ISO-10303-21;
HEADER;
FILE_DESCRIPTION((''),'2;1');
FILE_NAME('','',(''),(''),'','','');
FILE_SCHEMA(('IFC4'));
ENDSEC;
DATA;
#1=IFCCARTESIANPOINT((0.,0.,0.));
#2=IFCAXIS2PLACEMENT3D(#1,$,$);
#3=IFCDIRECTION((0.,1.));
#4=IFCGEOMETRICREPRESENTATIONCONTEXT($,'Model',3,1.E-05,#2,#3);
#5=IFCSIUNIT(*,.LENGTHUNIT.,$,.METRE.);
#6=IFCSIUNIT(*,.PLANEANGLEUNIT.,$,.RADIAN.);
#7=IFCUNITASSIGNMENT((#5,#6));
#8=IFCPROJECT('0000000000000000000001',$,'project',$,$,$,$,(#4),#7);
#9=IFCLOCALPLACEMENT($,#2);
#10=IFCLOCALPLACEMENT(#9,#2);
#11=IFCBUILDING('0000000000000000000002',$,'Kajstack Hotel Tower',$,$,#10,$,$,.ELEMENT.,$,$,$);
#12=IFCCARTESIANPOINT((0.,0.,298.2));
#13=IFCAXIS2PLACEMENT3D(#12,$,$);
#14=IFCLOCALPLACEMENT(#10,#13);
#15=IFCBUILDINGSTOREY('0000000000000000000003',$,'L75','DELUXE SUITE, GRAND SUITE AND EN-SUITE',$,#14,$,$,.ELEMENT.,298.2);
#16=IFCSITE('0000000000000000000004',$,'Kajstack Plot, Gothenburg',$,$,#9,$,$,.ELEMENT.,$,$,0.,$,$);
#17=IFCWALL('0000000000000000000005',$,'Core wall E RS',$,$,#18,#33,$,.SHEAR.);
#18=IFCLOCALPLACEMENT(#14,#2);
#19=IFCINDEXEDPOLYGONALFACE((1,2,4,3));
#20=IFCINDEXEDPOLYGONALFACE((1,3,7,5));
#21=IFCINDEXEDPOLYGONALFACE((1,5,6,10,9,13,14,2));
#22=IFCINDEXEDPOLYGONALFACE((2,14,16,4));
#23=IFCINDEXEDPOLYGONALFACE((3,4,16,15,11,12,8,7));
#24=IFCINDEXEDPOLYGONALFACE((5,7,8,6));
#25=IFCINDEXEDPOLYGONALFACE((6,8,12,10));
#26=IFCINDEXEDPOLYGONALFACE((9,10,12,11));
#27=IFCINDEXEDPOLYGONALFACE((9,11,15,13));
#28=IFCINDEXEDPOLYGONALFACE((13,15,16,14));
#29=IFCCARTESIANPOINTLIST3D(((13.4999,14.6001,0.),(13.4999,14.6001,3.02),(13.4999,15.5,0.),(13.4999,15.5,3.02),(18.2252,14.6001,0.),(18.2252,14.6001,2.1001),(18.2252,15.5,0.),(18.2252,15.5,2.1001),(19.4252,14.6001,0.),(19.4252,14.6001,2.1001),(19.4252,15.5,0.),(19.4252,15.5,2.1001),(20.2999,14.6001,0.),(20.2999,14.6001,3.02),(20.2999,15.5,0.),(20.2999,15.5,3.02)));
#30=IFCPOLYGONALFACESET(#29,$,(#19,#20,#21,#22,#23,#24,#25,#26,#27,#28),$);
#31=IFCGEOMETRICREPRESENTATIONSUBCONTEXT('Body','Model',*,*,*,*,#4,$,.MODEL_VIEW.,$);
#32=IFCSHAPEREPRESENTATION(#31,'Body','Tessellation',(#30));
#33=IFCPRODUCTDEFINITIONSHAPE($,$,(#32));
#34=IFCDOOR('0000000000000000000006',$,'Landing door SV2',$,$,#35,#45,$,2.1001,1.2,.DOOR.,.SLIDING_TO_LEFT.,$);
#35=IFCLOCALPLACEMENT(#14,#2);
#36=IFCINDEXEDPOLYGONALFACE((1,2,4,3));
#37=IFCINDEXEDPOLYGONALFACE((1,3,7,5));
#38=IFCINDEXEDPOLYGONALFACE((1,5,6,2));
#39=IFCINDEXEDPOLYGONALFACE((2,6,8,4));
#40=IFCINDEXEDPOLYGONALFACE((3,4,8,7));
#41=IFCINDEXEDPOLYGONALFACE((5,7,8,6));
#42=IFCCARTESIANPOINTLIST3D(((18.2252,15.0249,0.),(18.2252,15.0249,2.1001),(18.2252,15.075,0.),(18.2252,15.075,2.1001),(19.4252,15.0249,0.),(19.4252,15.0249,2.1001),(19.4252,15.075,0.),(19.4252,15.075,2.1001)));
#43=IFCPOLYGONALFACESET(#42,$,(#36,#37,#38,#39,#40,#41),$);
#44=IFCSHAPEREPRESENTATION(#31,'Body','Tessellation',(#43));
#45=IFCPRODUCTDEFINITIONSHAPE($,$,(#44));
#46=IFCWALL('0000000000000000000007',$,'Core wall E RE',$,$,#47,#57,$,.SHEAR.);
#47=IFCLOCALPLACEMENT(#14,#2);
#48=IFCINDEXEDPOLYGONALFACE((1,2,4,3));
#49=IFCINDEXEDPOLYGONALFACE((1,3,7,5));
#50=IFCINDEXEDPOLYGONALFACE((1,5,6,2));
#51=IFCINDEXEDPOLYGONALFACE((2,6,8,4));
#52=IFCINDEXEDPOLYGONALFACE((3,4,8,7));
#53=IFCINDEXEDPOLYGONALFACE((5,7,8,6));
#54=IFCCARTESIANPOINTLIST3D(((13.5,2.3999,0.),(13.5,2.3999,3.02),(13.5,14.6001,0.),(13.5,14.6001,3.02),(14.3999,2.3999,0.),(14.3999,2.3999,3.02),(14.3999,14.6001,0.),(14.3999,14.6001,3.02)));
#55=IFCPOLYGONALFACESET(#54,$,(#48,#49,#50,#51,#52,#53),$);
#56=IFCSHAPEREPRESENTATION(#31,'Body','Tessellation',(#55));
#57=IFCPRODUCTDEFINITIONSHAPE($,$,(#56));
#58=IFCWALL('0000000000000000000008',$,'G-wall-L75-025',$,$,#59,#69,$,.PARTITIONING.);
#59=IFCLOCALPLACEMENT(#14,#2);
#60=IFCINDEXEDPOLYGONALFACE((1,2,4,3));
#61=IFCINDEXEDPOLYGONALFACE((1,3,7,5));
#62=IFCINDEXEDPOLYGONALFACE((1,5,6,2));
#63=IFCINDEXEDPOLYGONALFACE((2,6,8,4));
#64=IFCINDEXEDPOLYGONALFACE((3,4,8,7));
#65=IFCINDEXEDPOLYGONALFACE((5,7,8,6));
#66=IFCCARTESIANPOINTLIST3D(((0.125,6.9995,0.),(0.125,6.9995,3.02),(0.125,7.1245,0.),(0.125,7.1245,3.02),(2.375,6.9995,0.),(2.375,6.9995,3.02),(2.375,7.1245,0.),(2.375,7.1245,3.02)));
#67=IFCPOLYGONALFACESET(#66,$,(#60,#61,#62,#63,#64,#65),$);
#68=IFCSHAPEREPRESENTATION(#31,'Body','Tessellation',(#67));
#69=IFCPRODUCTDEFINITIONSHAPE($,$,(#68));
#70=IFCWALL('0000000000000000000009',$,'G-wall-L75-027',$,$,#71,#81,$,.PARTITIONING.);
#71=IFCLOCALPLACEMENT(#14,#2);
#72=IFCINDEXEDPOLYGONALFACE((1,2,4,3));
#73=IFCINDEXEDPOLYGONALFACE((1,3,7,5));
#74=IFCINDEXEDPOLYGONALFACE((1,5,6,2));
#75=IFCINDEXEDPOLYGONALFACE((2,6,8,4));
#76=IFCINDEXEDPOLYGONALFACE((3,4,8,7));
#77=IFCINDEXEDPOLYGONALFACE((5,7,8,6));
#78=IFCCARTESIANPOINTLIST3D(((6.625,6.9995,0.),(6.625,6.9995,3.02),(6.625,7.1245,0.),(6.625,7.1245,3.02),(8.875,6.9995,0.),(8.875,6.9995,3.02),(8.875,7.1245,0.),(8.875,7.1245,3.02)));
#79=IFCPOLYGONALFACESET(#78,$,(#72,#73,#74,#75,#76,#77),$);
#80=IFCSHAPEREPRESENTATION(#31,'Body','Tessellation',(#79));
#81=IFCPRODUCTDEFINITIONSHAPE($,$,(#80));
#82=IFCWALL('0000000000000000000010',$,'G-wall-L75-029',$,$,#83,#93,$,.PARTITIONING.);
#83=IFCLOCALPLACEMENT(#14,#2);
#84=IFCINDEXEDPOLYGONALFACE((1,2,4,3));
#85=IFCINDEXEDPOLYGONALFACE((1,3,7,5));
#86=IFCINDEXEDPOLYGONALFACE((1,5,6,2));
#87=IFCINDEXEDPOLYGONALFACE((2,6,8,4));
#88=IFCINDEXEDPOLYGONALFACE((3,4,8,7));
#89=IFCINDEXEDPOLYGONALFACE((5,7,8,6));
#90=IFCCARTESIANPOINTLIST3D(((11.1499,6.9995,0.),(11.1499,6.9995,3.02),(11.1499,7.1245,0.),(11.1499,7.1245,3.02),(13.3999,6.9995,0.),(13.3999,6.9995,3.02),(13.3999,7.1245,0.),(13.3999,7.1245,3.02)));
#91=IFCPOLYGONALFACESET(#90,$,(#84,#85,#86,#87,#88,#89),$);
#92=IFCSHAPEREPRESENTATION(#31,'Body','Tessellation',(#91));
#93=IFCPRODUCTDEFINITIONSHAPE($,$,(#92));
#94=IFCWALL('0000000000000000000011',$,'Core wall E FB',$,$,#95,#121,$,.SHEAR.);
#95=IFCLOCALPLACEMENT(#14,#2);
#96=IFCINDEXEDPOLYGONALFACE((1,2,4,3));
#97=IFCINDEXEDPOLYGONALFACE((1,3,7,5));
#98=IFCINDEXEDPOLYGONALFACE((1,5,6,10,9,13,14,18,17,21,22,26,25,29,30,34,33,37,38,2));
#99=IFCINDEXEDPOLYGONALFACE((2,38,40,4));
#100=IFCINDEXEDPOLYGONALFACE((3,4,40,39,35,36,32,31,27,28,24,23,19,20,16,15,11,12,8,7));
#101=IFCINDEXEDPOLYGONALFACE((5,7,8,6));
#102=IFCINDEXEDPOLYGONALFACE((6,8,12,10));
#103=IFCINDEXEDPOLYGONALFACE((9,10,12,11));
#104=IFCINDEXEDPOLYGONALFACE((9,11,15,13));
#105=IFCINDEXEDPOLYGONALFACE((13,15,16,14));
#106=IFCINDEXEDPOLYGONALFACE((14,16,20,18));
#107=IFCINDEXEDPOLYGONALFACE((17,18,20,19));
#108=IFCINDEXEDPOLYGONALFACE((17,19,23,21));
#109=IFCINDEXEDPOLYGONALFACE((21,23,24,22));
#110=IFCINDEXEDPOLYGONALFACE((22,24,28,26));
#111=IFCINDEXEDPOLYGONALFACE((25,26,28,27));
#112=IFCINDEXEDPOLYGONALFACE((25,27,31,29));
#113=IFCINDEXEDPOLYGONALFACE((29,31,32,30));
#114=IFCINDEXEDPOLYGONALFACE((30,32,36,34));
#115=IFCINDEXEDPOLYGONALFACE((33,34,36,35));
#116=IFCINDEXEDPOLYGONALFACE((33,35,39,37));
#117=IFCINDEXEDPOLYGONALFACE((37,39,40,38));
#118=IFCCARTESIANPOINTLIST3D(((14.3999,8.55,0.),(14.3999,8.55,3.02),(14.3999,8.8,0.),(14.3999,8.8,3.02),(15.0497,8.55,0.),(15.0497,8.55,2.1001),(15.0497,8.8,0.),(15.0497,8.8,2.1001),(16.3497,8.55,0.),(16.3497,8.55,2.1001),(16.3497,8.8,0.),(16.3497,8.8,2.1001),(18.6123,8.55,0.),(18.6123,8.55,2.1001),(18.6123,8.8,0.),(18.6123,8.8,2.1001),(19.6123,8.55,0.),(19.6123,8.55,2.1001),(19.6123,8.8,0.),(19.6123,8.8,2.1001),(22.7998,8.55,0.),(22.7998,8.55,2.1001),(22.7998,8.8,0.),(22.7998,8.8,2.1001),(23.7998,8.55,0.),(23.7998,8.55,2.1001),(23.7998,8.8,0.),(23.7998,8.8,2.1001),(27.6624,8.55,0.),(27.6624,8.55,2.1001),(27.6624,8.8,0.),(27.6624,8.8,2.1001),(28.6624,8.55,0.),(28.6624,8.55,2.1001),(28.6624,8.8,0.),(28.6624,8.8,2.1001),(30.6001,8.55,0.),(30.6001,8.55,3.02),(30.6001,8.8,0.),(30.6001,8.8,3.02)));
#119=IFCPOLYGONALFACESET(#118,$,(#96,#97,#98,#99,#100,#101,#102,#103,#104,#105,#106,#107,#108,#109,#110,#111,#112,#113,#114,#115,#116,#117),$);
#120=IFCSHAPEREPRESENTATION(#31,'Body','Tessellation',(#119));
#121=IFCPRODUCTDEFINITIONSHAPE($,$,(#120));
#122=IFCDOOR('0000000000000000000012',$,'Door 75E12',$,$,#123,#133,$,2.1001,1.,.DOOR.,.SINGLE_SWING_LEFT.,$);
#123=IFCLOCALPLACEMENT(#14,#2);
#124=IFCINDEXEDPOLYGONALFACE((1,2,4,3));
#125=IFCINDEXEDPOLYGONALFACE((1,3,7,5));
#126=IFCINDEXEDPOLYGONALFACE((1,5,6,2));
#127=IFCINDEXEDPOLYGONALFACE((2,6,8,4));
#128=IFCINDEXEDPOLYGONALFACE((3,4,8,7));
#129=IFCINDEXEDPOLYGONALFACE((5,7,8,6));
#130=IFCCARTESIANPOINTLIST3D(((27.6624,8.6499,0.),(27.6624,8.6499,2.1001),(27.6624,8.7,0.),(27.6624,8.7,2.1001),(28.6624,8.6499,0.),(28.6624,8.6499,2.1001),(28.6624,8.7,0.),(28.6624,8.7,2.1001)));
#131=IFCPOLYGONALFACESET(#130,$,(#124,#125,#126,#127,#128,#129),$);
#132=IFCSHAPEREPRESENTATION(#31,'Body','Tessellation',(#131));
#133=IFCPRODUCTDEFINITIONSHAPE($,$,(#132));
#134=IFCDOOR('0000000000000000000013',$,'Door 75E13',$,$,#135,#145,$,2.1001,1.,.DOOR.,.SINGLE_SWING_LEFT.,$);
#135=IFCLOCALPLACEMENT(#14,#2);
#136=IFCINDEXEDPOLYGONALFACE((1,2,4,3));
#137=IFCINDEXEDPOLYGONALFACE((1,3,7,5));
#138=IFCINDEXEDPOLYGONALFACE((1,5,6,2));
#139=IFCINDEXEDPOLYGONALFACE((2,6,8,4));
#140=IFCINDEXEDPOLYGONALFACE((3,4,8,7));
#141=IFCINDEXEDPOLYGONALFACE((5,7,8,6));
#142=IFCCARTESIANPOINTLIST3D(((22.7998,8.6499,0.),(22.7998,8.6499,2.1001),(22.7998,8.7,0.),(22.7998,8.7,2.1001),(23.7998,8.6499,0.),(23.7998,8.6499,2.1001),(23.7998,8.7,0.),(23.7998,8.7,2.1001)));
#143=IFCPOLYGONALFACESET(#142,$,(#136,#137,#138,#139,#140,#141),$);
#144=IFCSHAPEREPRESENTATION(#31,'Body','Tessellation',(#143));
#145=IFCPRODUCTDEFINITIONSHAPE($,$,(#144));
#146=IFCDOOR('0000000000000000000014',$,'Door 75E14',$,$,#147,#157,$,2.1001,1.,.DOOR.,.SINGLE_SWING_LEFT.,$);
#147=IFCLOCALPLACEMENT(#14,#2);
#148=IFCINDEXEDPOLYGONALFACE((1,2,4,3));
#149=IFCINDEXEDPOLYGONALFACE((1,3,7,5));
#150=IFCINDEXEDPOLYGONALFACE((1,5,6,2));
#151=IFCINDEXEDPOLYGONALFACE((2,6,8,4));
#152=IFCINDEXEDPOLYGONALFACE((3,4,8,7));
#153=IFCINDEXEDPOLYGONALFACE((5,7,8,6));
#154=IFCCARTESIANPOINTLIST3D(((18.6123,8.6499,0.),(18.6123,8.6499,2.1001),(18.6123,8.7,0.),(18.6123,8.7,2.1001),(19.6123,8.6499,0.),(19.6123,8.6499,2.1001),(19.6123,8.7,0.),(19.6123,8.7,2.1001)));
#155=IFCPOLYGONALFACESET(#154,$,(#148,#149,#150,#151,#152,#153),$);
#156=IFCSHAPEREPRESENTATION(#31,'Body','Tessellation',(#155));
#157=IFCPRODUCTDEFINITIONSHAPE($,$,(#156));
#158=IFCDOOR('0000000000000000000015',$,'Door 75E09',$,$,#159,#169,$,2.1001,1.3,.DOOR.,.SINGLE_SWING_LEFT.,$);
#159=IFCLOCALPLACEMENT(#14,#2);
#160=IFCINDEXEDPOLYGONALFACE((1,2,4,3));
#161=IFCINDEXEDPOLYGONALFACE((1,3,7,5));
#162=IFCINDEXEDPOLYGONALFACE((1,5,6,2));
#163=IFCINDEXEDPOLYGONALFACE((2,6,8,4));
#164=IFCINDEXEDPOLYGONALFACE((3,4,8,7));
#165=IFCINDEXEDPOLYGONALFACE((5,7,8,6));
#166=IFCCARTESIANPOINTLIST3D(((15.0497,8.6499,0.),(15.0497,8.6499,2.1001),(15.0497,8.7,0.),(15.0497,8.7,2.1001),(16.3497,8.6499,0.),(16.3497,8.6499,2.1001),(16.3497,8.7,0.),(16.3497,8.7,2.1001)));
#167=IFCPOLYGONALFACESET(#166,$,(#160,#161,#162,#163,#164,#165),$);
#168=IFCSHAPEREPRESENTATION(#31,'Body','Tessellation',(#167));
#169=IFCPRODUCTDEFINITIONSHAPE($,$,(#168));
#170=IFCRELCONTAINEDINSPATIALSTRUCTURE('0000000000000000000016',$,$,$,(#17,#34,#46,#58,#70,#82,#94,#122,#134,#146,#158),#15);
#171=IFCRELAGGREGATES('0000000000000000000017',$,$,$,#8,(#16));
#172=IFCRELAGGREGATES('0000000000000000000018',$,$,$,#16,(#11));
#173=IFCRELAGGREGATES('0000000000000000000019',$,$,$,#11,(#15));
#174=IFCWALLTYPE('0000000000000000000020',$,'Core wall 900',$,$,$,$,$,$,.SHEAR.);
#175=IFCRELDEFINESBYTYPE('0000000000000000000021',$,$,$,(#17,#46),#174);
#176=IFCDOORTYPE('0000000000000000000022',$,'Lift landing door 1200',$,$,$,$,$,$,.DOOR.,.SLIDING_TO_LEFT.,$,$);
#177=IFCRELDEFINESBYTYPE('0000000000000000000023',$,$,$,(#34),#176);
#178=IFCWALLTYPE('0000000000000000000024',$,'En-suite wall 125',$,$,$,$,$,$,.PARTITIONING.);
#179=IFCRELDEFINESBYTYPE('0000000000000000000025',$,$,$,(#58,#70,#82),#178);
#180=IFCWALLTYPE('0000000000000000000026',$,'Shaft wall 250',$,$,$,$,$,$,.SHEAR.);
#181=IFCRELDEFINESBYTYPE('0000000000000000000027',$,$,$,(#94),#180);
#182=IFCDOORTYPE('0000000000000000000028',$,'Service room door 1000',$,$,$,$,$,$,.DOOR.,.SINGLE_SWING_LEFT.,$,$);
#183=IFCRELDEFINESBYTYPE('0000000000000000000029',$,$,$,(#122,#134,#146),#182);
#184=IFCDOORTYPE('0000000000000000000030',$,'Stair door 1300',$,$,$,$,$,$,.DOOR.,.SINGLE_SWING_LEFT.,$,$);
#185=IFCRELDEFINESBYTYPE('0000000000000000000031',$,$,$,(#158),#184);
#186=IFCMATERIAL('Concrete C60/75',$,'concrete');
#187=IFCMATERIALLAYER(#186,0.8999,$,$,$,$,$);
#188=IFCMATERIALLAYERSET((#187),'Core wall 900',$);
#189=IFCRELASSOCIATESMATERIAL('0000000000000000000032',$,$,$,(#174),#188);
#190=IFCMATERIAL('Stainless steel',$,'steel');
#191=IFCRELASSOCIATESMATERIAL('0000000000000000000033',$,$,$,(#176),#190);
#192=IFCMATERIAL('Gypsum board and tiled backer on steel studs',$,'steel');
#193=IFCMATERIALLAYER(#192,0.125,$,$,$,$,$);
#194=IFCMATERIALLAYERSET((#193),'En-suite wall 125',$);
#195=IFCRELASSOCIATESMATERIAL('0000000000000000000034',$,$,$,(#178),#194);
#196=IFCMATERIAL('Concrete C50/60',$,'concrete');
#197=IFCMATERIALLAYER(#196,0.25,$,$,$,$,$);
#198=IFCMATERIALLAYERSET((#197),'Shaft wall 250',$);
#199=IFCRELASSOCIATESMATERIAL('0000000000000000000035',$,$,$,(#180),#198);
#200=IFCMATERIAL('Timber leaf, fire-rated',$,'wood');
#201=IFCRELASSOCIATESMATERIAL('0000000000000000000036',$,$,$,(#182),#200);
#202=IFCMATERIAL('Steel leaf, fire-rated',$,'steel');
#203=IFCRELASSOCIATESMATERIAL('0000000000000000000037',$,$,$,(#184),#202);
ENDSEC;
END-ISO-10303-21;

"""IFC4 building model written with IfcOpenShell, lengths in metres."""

from ifc_helpers import new_model, si_unit, direction, frame, frame_2d, origin, place, context, subcontext, project, spatial, rectangle, extrude, material, layer, layer_set, type_object, element, fill, save


model = new_model("IFC4")

# Units and contexts
model_context = context("Model", 3, precision=1e-05, world=origin(), true_north=direction((0.0, 1.0)))
body_context = subcontext(model_context, "Body", "Model", "MODEL_VIEW")
ifc_project = project(units=[si_unit("LENGTHUNIT", "METRE"), si_unit("PLANEANGLEUNIT", "RADIAN")], contexts=[model_context])

# Site, building, storey
site_placement = place(None, origin())
site = spatial("IfcSite", under=ifc_project, at=site_placement, Name="Kajstack Plot, Gothenburg", CompositionType="ELEMENT", RefElevation=0.0)
building_placement = place(site_placement, origin())
building = spatial("IfcBuilding", under=site, at=building_placement, Name="Kajstack Hotel Tower", CompositionType="ELEMENT")
storey_placement = place(building_placement, frame((0.0, 0.0, 298.2)))
storey = spatial("IfcBuildingStorey", under=building, at=storey_placement, Name="L75", Description="DELUXE SUITE, GRAND SUITE AND EN-SUITE", CompositionType="ELEMENT", Elevation=298.2)

# Wall, opening, door
ifc_material_1 = material(Name="Concrete C60/75", Category="concrete")
ifc_layer_1 = layer(ifc_material_1, 0.8999)
ifc_layer_set_1 = layer_set([ifc_layer_1], Name="Core wall 900")
wall_type_1 = type_object("IfcWallType", Name="Core wall 900", PredefinedType="SHEAR", material=ifc_layer_set_1)
wall_1_placement = place(storey_placement, frame((13.5, 15.05, 0.0), z_axis=(0.0, 0.0, 1.0), x_axis=(1.0, 0.0, 0.0)))
wall_1 = element("IfcWall", 1, at=wall_1_placement, inside=storey, type_object=wall_type_1, Name="Core wall E RS", PredefinedType="SHEAR", context=body_context, shape_type="SweptSolid", body=[
    extrude(rectangle(XDim=6.8, YDim=0.8999, at=frame_2d((3.3999, 0.0))), origin(), (0.0, 0.0, 1.0), 3.02),
])
opening_1_placement = place(wall_1_placement, frame((4.7251, 0.0, 0.0)))
opening_1 = element("IfcOpeningElement", 2, at=opening_1_placement, cuts=wall_1, PredefinedType="OPENING", context=body_context, shape_type="SweptSolid", body=[
    extrude(rectangle(XDim=1.2, YDim=2.1001, at=frame_2d((0.6001, 1.05))), frame((0.0, 0.46, 0.0), z_axis=(0.0, -1.0, 0.0), x_axis=(1.0, 0.0, 0.0)), (0.0, 0.0, 1.0), 0.9199),
])
ifc_material_2 = material(Name="Stainless steel", Category="steel")
door_type_1 = type_object("IfcDoorType", Name="Lift landing door 1200", OperationType="SLIDING_TO_LEFT", PredefinedType="DOOR", material=ifc_material_2)
door_1_placement = place(opening_1_placement, origin())
door_1 = element("IfcDoor", 3, at=door_1_placement, inside=storey, type_object=door_type_1, Name="Landing door SV2", OperationType="SLIDING_TO_LEFT", OverallHeight=2.1001, OverallWidth=1.2, PredefinedType="DOOR", context=body_context, shape_type="SweptSolid", body=[
    extrude(rectangle(XDim=1.2, YDim=2.1001, at=frame_2d((0.6001, 1.05))), frame((0.0, 0.0249, 0.0), z_axis=(0.0, -1.0, 0.0), x_axis=(1.0, 0.0, 0.0)), (0.0, 0.0, 1.0), 0.05),
])
fill(opening_1, door_1)

# Walls
wall_2_placement = place(storey_placement, frame((13.95, 2.3999, 0.0), z_axis=(0.0, 0.0, 1.0), x_axis=(0.0, 1.0, 0.0)))
element("IfcWall", 4, at=wall_2_placement, inside=storey, type_object=wall_type_1, Name="Core wall E RE", PredefinedType="SHEAR", context=body_context, shape_type="SweptSolid", body=[
    extrude(rectangle(XDim=12.2002, YDim=0.8999, at=frame_2d((6.1001, 0.0))), origin(), (0.0, 0.0, 1.0), 3.02),
])
ifc_material_3 = material(Name="Gypsum board and tiled backer on steel studs", Category="steel")
ifc_layer_2 = layer(ifc_material_3, 0.125)
ifc_layer_set_2 = layer_set([ifc_layer_2], Name="En-suite wall 125")
wall_type_2 = type_object("IfcWallType", Name="En-suite wall 125", PredefinedType="PARTITIONING", material=ifc_layer_set_2)
for number, where, z_axis, x_axis, name in (
    (5, (0.125, 7.062, 0.0), (0.0, 0.0, 1.0), (1.0, 0.0, 0.0), "G-wall-L75-025"),
    (6, (6.625, 7.062, 0.0), (0.0, 0.0, 1.0), (1.0, 0.0, 0.0), "G-wall-L75-027"),
    (7, (11.1499, 7.062, 0.0), (0.0, 0.0, 1.0), (1.0, 0.0, 0.0), "G-wall-L75-029"),
):
    element("IfcWall", number, at=place(storey_placement, frame(where, z_axis=z_axis, x_axis=x_axis)), inside=storey, type_object=wall_type_2, Name=name, PredefinedType="PARTITIONING", context=body_context, shape_type="SweptSolid", body=[
        extrude(rectangle(XDim=2.25, YDim=0.125, at=frame_2d((1.125, 0.0))), origin(), (0.0, 0.0, 1.0), 3.02),
    ])

# Wall, openings, doors
ifc_material_4 = material(Name="Concrete C50/60", Category="concrete")
ifc_layer_3 = layer(ifc_material_4, 0.25)
ifc_layer_set_3 = layer_set([ifc_layer_3], Name="Shaft wall 250")
wall_type_3 = type_object("IfcWallType", Name="Shaft wall 250", PredefinedType="SHEAR", material=ifc_layer_set_3)
wall_3_placement = place(storey_placement, frame((14.3999, 8.675, 0.0), z_axis=(0.0, 0.0, 1.0), x_axis=(1.0, 0.0, 0.0)))
wall_3 = element("IfcWall", 8, at=wall_3_placement, inside=storey, type_object=wall_type_3, Name="Core wall E FB", PredefinedType="SHEAR", context=body_context, shape_type="SweptSolid", body=[
    extrude(rectangle(XDim=16.2002, YDim=0.25, at=frame_2d((8.1001, 0.0))), origin(), (0.0, 0.0, 1.0), 3.02),
])
opening_2_placement = place(wall_3_placement, frame((0.6499, 0.0, 0.0)))
opening_2 = element("IfcOpeningElement", 9, at=opening_2_placement, cuts=wall_3, PredefinedType="OPENING", context=body_context, shape_type="SweptSolid", body=[
    extrude(rectangle(XDim=1.3, YDim=2.1001, at=frame_2d((0.6499, 1.05))), frame((0.0, 0.135, 0.0), z_axis=(0.0, -1.0, 0.0), x_axis=(1.0, 0.0, 0.0)), (0.0, 0.0, 1.0), 0.27),
])
opening_3_placement = place(wall_3_placement, frame((13.2625, 0.0, 0.0)))
opening_3 = element("IfcOpeningElement", 10, at=opening_3_placement, cuts=wall_3, PredefinedType="OPENING", context=body_context, shape_type="SweptSolid", body=[
    extrude(rectangle(XDim=1.0, YDim=2.1001, at=frame_2d((0.5, 1.05))), frame((0.0, 0.135, 0.0), z_axis=(0.0, -1.0, 0.0), x_axis=(1.0, 0.0, 0.0)), (0.0, 0.0, 1.0), 0.27),
])
opening_4_placement = place(wall_3_placement, frame((8.3999, 0.0, 0.0)))
opening_4 = element("IfcOpeningElement", 11, at=opening_4_placement, cuts=wall_3, PredefinedType="OPENING", context=body_context, shape_type="SweptSolid", body=[
    extrude(rectangle(XDim=1.0, YDim=2.1001, at=frame_2d((0.5, 1.05))), frame((0.0, 0.135, 0.0), z_axis=(0.0, -1.0, 0.0), x_axis=(1.0, 0.0, 0.0)), (0.0, 0.0, 1.0), 0.27),
])
opening_5_placement = place(wall_3_placement, frame((4.2124, 0.0, 0.0)))
opening_5 = element("IfcOpeningElement", 12, at=opening_5_placement, cuts=wall_3, PredefinedType="OPENING", context=body_context, shape_type="SweptSolid", body=[
    extrude(rectangle(XDim=1.0, YDim=2.1001, at=frame_2d((0.5, 1.05))), frame((0.0, 0.135, 0.0), z_axis=(0.0, -1.0, 0.0), x_axis=(1.0, 0.0, 0.0)), (0.0, 0.0, 1.0), 0.27),
])
ifc_material_5 = material(Name="Timber leaf, fire-rated", Category="wood")
door_type_2 = type_object("IfcDoorType", Name="Service room door 1000", OperationType="SINGLE_SWING_LEFT", PredefinedType="DOOR", material=ifc_material_5)
door_2_placement = place(opening_3_placement, origin())
door_2 = element("IfcDoor", 13, at=door_2_placement, inside=storey, type_object=door_type_2, Name="Door 75E12", OperationType="SINGLE_SWING_LEFT", OverallHeight=2.1001, OverallWidth=1.0, PredefinedType="DOOR", context=body_context, shape_type="SweptSolid", body=[
    extrude(rectangle(XDim=1.0, YDim=2.1001, at=frame_2d((0.5, 1.05))), frame((0.0, 0.0249, 0.0), z_axis=(0.0, -1.0, 0.0), x_axis=(1.0, 0.0, 0.0)), (0.0, 0.0, 1.0), 0.05),
])
fill(opening_3, door_2)
door_3_placement = place(opening_4_placement, origin())
door_3 = element("IfcDoor", 14, at=door_3_placement, inside=storey, type_object=door_type_2, Name="Door 75E13", OperationType="SINGLE_SWING_LEFT", OverallHeight=2.1001, OverallWidth=1.0, PredefinedType="DOOR", context=body_context, shape_type="SweptSolid", body=[
    extrude(rectangle(XDim=1.0, YDim=2.1001, at=frame_2d((0.5, 1.05))), frame((0.0, 0.0249, 0.0), z_axis=(0.0, -1.0, 0.0), x_axis=(1.0, 0.0, 0.0)), (0.0, 0.0, 1.0), 0.05),
])
fill(opening_4, door_3)
door_4_placement = place(opening_5_placement, origin())
door_4 = element("IfcDoor", 15, at=door_4_placement, inside=storey, type_object=door_type_2, Name="Door 75E14", OperationType="SINGLE_SWING_LEFT", OverallHeight=2.1001, OverallWidth=1.0, PredefinedType="DOOR", context=body_context, shape_type="SweptSolid", body=[
    extrude(rectangle(XDim=1.0, YDim=2.1001, at=frame_2d((0.5, 1.05))), frame((0.0, 0.0249, 0.0), z_axis=(0.0, -1.0, 0.0), x_axis=(1.0, 0.0, 0.0)), (0.0, 0.0, 1.0), 0.05),
])
fill(opening_5, door_4)
ifc_material_6 = material(Name="Steel leaf, fire-rated", Category="steel")
door_type_3 = type_object("IfcDoorType", Name="Stair door 1300", OperationType="SINGLE_SWING_LEFT", PredefinedType="DOOR", material=ifc_material_6)
door_5_placement = place(opening_2_placement, origin())
door_5 = element("IfcDoor", 16, at=door_5_placement, inside=storey, type_object=door_type_3, Name="Door 75E09", OperationType="SINGLE_SWING_LEFT", OverallHeight=2.1001, OverallWidth=1.3, PredefinedType="DOOR", context=body_context, shape_type="SweptSolid", body=[
    extrude(rectangle(XDim=1.3, YDim=2.1001, at=frame_2d((0.6499, 1.05))), frame((0.0, 0.0249, 0.0), z_axis=(0.0, -1.0, 0.0), x_axis=(1.0, 0.0, 0.0)), (0.0, 0.0, 1.0), 0.05),
])
fill(opening_2, door_5)

save(model, "model.ifc")
